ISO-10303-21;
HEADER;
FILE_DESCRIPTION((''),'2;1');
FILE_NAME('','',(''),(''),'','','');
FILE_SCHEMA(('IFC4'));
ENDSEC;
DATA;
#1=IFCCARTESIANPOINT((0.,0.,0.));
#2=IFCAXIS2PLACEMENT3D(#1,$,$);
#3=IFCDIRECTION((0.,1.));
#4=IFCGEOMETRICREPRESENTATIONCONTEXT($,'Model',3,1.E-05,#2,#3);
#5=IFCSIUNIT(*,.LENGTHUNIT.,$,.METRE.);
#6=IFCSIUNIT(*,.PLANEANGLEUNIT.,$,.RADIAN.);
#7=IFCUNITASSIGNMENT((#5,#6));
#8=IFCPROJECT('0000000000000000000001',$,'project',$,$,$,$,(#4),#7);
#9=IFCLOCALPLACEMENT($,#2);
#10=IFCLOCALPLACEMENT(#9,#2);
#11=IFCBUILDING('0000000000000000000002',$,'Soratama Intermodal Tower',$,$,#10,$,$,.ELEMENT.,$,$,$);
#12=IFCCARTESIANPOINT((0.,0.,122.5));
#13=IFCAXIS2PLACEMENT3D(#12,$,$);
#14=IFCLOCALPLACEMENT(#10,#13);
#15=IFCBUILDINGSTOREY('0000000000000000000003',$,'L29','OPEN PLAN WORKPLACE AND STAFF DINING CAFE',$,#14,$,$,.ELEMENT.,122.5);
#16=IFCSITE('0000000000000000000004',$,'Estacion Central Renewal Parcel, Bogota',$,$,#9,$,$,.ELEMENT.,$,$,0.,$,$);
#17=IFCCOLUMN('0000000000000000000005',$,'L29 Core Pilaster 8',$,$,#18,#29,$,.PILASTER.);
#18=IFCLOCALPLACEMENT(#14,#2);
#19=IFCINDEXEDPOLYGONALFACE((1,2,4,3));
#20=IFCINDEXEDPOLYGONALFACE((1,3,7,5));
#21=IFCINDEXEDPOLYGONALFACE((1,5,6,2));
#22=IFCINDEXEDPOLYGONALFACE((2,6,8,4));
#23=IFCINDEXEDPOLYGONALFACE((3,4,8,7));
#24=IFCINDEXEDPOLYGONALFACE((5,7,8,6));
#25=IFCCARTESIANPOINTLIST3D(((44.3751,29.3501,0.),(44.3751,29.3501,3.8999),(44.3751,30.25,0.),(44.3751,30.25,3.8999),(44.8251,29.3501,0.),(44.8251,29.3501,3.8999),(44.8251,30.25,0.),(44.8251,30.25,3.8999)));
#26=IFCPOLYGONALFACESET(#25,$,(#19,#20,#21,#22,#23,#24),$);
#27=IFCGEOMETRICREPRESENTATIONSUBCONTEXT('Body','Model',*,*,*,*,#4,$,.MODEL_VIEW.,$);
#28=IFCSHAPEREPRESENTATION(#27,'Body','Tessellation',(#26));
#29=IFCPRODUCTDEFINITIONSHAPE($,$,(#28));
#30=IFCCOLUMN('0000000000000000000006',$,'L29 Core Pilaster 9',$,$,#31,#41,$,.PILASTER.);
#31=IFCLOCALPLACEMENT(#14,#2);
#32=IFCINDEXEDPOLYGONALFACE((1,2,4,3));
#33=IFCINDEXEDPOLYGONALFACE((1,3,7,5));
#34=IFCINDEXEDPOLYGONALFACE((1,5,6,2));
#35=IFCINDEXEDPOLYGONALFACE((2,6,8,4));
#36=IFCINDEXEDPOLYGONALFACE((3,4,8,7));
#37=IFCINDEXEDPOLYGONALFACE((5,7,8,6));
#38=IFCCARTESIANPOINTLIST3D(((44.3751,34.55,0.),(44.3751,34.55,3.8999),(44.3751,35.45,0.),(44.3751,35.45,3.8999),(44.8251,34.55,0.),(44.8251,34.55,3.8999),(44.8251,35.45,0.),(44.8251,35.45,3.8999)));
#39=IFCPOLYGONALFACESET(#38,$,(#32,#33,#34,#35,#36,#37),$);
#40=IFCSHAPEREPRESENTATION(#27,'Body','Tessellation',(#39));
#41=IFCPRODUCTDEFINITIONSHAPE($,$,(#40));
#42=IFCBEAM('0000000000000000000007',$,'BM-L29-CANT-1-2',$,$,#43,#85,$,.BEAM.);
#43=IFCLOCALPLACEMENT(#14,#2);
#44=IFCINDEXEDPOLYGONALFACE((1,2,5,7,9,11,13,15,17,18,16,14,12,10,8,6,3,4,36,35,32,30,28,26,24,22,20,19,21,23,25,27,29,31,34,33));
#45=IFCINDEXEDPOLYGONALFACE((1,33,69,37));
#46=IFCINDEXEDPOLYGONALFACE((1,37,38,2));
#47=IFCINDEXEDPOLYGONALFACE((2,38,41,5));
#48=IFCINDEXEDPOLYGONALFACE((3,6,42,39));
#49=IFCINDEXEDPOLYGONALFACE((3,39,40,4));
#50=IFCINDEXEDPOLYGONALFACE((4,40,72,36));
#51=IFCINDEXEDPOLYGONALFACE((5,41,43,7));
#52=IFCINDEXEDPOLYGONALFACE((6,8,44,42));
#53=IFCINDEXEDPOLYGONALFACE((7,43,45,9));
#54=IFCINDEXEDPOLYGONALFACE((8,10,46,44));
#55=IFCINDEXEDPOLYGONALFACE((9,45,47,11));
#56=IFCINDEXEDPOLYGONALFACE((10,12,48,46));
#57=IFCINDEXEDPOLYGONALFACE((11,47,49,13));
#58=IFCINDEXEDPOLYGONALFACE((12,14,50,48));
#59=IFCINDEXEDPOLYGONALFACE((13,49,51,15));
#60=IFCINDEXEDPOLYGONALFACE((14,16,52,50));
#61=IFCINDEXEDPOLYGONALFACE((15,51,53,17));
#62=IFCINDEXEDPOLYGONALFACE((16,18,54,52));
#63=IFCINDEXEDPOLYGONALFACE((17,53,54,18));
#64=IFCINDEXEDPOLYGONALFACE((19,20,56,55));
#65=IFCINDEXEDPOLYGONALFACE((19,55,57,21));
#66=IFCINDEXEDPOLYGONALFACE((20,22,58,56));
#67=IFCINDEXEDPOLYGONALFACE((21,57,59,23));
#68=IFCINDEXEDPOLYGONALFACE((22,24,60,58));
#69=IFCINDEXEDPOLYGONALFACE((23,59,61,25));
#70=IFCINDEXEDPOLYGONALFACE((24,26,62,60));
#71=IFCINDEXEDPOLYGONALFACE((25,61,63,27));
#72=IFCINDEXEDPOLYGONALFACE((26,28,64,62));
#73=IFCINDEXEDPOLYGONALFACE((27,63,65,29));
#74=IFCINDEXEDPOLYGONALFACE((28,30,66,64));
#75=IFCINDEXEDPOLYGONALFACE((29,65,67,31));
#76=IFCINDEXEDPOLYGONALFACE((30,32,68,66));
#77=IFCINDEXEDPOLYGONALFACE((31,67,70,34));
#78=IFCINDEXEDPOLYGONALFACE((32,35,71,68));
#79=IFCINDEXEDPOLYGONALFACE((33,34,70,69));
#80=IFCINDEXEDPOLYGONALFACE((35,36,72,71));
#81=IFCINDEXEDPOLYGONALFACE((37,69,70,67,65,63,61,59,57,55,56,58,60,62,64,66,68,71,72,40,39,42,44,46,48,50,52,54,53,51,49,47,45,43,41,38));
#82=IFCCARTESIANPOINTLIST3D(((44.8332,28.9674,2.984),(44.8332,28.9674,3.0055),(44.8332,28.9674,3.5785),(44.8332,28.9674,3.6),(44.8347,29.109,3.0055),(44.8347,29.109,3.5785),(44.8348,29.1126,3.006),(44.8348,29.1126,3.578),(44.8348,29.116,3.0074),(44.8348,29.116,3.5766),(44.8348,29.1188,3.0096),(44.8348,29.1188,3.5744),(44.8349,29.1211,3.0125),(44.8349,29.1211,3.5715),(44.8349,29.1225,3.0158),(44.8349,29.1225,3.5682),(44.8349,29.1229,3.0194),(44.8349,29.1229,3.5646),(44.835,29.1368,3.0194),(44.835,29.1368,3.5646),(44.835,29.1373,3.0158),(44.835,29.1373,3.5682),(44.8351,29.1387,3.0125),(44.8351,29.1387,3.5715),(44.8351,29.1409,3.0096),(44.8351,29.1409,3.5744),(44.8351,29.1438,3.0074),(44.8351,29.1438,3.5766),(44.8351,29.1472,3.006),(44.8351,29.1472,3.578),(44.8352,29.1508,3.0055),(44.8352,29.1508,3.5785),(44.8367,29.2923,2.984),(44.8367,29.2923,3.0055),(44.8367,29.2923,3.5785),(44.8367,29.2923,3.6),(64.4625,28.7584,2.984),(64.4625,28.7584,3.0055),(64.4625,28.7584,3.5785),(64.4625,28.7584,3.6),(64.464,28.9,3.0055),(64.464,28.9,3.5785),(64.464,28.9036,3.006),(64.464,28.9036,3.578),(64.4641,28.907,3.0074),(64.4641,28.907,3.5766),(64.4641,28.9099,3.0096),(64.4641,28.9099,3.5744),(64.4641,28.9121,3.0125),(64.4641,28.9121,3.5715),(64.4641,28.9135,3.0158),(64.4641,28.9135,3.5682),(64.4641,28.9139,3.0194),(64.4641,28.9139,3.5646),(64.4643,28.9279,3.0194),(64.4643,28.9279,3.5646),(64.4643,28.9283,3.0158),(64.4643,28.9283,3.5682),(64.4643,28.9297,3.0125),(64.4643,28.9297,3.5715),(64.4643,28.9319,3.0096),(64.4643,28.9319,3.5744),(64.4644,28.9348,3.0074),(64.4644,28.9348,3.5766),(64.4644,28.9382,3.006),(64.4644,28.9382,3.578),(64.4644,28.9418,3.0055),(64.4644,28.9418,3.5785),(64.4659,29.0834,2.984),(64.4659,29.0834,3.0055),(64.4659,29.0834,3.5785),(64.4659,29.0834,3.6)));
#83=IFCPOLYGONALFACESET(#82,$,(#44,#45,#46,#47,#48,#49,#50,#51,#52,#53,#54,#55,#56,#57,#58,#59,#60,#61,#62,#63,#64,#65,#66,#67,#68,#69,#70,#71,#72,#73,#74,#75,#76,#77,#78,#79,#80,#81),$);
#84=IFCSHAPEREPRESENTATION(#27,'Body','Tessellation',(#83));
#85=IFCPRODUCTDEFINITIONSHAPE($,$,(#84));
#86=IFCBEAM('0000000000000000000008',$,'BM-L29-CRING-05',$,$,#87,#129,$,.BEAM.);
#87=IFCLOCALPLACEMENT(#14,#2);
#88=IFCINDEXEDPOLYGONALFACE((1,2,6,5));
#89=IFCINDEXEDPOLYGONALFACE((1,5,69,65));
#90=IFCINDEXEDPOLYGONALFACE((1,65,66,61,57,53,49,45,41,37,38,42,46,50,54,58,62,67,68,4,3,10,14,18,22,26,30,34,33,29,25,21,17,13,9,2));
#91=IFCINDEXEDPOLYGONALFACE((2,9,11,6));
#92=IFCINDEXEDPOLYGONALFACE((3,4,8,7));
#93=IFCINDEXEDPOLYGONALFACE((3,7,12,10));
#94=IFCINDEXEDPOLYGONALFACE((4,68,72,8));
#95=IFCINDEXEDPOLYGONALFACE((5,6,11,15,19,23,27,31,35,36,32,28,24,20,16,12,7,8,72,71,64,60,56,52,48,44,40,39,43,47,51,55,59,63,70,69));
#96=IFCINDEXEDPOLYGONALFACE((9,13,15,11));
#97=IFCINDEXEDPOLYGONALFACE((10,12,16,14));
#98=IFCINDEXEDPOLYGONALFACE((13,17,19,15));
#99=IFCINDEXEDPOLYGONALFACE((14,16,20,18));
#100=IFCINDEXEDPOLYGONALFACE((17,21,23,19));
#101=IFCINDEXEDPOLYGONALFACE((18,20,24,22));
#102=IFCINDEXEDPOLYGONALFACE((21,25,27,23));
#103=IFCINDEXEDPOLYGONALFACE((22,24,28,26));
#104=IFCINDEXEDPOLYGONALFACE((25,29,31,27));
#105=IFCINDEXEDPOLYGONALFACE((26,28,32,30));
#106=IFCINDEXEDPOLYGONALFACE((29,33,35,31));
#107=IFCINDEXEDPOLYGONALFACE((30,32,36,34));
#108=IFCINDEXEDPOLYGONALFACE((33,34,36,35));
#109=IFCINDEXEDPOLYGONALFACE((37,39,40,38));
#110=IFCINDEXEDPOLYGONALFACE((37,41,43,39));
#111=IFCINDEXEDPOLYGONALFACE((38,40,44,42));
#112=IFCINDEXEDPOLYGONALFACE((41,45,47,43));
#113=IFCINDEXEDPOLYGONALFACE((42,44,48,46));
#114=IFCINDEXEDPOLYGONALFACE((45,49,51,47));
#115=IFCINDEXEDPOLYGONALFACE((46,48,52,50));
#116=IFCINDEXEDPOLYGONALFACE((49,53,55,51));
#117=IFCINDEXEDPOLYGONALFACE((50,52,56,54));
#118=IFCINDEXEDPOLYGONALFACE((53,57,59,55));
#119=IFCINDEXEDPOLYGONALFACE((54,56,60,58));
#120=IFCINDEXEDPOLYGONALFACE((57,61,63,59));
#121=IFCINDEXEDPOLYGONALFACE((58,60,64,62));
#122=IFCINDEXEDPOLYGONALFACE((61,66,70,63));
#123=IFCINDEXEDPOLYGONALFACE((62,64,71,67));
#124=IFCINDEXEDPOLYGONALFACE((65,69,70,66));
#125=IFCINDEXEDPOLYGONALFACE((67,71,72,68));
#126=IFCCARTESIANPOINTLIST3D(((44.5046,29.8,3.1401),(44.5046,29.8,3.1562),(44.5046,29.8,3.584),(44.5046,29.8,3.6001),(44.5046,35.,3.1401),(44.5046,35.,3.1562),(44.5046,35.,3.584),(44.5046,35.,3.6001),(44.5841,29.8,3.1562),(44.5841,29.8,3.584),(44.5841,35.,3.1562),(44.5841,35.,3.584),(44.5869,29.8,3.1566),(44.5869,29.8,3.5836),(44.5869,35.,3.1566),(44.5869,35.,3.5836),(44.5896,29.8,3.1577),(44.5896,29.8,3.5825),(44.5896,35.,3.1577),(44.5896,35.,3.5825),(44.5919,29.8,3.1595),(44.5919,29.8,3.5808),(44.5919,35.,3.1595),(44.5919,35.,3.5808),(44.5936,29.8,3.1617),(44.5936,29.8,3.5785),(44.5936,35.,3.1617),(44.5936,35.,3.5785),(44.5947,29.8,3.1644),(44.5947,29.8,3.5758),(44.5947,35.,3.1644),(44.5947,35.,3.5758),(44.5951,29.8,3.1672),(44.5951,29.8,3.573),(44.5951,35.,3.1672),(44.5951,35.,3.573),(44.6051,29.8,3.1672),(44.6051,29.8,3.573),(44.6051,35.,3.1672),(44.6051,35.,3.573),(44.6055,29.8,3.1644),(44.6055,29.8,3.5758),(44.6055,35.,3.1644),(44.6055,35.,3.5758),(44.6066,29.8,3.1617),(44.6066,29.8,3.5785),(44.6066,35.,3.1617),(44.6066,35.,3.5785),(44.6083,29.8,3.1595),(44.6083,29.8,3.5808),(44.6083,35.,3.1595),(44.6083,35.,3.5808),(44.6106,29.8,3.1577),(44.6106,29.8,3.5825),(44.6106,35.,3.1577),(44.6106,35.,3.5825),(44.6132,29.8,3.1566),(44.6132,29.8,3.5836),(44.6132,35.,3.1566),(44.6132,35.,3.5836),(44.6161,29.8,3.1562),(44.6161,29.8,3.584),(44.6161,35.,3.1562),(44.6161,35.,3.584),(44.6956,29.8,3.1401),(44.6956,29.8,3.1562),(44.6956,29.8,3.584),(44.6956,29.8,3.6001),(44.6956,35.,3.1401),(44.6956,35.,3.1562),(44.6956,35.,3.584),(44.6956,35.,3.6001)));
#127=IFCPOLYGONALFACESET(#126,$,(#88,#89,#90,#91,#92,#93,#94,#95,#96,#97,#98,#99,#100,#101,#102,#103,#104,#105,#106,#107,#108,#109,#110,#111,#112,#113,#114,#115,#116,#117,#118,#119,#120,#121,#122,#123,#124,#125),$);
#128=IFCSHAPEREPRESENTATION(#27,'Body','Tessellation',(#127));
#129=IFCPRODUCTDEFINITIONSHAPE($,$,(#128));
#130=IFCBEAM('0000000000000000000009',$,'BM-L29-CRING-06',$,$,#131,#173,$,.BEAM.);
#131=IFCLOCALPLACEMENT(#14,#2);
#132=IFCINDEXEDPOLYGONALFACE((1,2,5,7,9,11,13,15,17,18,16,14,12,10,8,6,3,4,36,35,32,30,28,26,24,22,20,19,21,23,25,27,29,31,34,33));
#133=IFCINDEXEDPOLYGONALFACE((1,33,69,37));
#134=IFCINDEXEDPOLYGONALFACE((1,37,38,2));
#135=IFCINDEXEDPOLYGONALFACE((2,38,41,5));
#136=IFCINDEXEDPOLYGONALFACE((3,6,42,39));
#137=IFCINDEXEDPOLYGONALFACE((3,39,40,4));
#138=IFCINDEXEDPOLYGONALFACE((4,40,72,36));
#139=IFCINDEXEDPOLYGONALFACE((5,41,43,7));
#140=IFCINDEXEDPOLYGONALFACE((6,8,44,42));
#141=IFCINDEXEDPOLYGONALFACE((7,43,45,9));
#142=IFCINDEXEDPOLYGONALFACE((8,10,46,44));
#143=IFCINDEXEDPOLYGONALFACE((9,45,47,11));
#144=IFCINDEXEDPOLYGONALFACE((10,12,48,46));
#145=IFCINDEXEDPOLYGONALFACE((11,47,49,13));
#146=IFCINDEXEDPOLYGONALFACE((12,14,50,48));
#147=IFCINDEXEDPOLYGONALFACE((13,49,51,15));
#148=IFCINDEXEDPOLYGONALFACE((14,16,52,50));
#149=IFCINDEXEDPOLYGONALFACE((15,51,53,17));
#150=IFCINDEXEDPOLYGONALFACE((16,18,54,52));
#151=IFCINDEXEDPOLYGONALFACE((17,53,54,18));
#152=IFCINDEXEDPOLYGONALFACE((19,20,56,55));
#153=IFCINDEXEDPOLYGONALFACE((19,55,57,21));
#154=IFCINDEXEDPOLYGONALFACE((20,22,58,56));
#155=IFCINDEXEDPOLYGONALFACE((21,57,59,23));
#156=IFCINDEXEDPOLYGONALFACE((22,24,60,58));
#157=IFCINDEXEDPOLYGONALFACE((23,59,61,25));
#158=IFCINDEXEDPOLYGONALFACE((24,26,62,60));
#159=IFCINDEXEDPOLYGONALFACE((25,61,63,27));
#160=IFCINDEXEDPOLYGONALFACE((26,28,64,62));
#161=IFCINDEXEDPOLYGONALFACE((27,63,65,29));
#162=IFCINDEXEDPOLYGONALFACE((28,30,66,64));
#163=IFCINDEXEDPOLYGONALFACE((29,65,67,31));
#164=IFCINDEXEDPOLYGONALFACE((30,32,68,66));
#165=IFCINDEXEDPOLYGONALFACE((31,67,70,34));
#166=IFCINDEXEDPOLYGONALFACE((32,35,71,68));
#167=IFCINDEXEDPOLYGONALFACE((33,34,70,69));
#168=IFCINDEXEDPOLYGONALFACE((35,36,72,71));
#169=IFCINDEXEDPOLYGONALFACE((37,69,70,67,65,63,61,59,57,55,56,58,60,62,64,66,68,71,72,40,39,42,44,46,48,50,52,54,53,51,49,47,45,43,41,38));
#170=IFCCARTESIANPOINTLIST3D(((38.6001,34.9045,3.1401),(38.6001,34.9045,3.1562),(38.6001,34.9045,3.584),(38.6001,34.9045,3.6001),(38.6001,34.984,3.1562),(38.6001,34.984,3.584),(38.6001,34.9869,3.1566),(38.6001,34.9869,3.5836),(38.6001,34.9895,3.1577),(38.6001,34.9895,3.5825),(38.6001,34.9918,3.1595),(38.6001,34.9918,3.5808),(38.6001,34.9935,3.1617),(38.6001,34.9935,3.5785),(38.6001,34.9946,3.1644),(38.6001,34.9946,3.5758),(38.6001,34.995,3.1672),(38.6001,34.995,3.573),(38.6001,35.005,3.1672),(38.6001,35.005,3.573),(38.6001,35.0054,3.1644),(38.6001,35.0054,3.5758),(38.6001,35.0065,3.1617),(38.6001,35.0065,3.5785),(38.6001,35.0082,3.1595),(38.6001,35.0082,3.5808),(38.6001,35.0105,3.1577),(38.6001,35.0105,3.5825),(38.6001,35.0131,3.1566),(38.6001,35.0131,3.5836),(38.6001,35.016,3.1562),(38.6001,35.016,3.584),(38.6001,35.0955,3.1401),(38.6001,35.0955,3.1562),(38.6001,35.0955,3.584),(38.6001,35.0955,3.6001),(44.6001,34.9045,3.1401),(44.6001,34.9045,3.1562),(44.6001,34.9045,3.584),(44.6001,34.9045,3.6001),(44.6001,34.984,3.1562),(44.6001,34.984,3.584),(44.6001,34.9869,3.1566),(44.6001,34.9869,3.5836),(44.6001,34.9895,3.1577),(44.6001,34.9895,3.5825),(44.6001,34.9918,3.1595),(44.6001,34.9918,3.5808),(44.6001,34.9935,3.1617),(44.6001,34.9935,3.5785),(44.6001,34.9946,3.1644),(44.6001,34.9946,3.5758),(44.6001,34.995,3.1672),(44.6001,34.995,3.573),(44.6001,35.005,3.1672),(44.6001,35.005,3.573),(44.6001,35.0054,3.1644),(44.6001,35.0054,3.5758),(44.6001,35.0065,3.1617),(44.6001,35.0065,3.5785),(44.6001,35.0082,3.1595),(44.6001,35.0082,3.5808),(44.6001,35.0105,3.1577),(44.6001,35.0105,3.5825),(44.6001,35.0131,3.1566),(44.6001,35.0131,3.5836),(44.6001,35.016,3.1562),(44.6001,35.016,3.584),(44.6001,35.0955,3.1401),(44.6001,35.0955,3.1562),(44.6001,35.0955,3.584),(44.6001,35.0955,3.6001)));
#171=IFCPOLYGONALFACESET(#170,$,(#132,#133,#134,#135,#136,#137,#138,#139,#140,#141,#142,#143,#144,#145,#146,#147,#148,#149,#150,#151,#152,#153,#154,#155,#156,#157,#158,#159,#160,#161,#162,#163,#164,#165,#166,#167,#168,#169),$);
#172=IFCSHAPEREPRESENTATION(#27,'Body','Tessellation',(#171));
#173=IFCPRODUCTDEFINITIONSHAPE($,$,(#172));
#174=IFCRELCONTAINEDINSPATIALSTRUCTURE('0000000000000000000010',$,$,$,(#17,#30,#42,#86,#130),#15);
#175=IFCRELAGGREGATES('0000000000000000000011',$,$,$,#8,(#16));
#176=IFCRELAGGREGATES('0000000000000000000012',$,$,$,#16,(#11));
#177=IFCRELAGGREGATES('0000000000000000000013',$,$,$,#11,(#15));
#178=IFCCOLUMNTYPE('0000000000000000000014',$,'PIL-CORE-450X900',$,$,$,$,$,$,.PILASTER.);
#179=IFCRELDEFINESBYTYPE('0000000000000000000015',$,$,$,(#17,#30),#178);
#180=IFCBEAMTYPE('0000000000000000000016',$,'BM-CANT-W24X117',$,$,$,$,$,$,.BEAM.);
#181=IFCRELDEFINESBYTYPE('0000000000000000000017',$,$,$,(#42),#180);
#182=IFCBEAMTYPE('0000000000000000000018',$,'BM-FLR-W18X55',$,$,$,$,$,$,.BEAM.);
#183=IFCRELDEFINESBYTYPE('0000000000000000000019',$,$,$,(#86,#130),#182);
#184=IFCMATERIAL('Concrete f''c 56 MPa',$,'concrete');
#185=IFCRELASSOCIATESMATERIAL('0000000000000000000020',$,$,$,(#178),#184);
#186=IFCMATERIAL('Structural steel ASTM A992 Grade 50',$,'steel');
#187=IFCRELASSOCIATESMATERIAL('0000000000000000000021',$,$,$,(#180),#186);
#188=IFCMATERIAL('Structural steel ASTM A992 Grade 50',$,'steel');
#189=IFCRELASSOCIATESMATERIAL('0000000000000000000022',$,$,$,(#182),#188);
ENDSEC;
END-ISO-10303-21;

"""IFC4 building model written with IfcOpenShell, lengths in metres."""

from ifc_helpers import new_model, si_unit, direction, frame, origin, origin_2d, place, context, subcontext, project, spatial, rectangle, i_section, extrude, material, material_profile, profile_set, type_object, element, save


model = new_model("IFC4")

# Units and contexts
model_context = context("Model", 3, precision=1e-05, world=origin(), true_north=direction((0.0, 1.0)))
body_context = subcontext(model_context, "Body", "Model", "MODEL_VIEW")
ifc_project = project(units=[si_unit("LENGTHUNIT", "METRE"), si_unit("PLANEANGLEUNIT", "RADIAN")], contexts=[model_context])

# Site, building, storey
site_placement = place(None, origin())
site = spatial("IfcSite", under=ifc_project, at=site_placement, Name="Estacion Central Renewal Parcel, Bogota", CompositionType="ELEMENT", RefElevation=0.0)
building_placement = place(site_placement, origin())
building = spatial("IfcBuilding", under=site, at=building_placement, Name="Soratama Intermodal Tower", CompositionType="ELEMENT")
storey_placement = place(building_placement, frame((0.0, 0.0, 122.5)))
storey = spatial("IfcBuildingStorey", under=building, at=storey_placement, Name="L29", Description="OPEN PLAN WORKPLACE AND STAFF DINING CAFE", CompositionType="ELEMENT", Elevation=122.5)

# Columns
ifc_material_1 = material(Name="Concrete f'c 56 MPa", Category="concrete")
ifc_material_profile_1 = material_profile(ifc_material_1, rectangle(XDim=0.45, YDim=0.8999, at=origin_2d()), Name="RC450X900")
ifc_profile_set_1 = profile_set([ifc_material_profile_1], Name="Concrete f'c 56 MPa")
column_type = type_object("IfcColumnType", Name="PIL-CORE-450X900", PredefinedType="PILASTER", material=ifc_profile_set_1)
for number, where, z_axis, x_axis, name in (
    (1, (44.6001, 29.8, 0.0), (0.0, 0.0, 1.0), (1.0, 0.0, 0.0), "L29 Core Pilaster 8"),
    (2, (44.6001, 35.0, 0.0), (0.0, 0.0, 1.0), (1.0, 0.0, 0.0), "L29 Core Pilaster 9"),
):
    element("IfcColumn", number, at=place(storey_placement, frame(where, z_axis=z_axis, x_axis=x_axis)), inside=storey, type_object=column_type, Name=name, PredefinedType="PILASTER", context=body_context, shape_type="SweptSolid", body=[
        extrude(rectangle(XDim=0.45, YDim=0.8999, at=origin_2d()), origin(), (0.0, 0.0, 1.0), 3.8999),
    ])

# Beams
ifc_material_2 = material(Name="Structural steel ASTM A992 Grade 50", Category="steel")
ifc_material_profile_2 = material_profile(ifc_material_2, i_section(OverallWidth=0.325, OverallDepth=0.616, WebThickness=0.0139, FlangeThickness=0.0215, FilletRadius=0.0139, at=origin_2d()), Name="W24X117")
ifc_profile_set_2 = profile_set([ifc_material_profile_2], Name="Structural steel ASTM A992 Grade 50")
beam_type_1 = type_object("IfcBeamType", Name="BM-CANT-W24X117", PredefinedType="BEAM", material=ifc_profile_set_2)
beam_1_placement = place(storey_placement, frame((44.835, 29.1299, 3.292), z_axis=(0.999943, -0.010646, 0.0), x_axis=(0.010646, 0.999943, 0.0)))
element("IfcBeam", 3, at=beam_1_placement, inside=storey, type_object=beam_type_1, Name="BM-L29-CANT-1-2", PredefinedType="BEAM", context=body_context, shape_type="SweptSolid", body=[
    extrude(i_section(OverallWidth=0.325, OverallDepth=0.616, WebThickness=0.0139, FlangeThickness=0.0215, FilletRadius=0.0139, at=origin_2d()), origin(), (0.0, 0.0, 1.0), 19.6304),
])
ifc_material_3 = material(Name="Structural steel ASTM A992 Grade 50", Category="steel")
ifc_material_profile_3 = material_profile(ifc_material_3, i_section(OverallWidth=0.1909, OverallDepth=0.46, WebThickness=0.01, FlangeThickness=0.0161, FilletRadius=0.011, at=origin_2d()), Name="W18X55")
ifc_profile_set_3 = profile_set([ifc_material_profile_3], Name="Structural steel ASTM A992 Grade 50")
beam_type_2 = type_object("IfcBeamType", Name="BM-FLR-W18X55", PredefinedType="BEAM", material=ifc_profile_set_3)
beam_2_placement = place(storey_placement, frame((44.6001, 29.8, 3.3701), z_axis=(0.0, 1.0, 0.0), x_axis=(-1.0, 0.0, 0.0)))
element("IfcBeam", 4, at=beam_2_placement, inside=storey, type_object=beam_type_2, Name="BM-L29-CRING-05", PredefinedType="BEAM", context=body_context, shape_type="SweptSolid", body=[
    extrude(i_section(OverallWidth=0.1909, OverallDepth=0.46, WebThickness=0.01, FlangeThickness=0.0161, FilletRadius=0.011, at=origin_2d()), origin(), (0.0, 0.0, 1.0), 5.2),
])
beam_3_placement = place(storey_placement, frame((44.6001, 35.0, 3.3701), z_axis=(-1.0, 0.0, 0.0), x_axis=(0.0, -1.0, 0.0)))
element("IfcBeam", 5, at=beam_3_placement, inside=storey, type_object=beam_type_2, Name="BM-L29-CRING-06", PredefinedType="BEAM", context=body_context, shape_type="SweptSolid", body=[
    extrude(i_section(OverallWidth=0.1909, OverallDepth=0.46, WebThickness=0.01, FlangeThickness=0.0161, FilletRadius=0.011, at=origin_2d()), origin(), (0.0, 0.0, 1.0), 6.0),
])

save(model, "model.ifc")
